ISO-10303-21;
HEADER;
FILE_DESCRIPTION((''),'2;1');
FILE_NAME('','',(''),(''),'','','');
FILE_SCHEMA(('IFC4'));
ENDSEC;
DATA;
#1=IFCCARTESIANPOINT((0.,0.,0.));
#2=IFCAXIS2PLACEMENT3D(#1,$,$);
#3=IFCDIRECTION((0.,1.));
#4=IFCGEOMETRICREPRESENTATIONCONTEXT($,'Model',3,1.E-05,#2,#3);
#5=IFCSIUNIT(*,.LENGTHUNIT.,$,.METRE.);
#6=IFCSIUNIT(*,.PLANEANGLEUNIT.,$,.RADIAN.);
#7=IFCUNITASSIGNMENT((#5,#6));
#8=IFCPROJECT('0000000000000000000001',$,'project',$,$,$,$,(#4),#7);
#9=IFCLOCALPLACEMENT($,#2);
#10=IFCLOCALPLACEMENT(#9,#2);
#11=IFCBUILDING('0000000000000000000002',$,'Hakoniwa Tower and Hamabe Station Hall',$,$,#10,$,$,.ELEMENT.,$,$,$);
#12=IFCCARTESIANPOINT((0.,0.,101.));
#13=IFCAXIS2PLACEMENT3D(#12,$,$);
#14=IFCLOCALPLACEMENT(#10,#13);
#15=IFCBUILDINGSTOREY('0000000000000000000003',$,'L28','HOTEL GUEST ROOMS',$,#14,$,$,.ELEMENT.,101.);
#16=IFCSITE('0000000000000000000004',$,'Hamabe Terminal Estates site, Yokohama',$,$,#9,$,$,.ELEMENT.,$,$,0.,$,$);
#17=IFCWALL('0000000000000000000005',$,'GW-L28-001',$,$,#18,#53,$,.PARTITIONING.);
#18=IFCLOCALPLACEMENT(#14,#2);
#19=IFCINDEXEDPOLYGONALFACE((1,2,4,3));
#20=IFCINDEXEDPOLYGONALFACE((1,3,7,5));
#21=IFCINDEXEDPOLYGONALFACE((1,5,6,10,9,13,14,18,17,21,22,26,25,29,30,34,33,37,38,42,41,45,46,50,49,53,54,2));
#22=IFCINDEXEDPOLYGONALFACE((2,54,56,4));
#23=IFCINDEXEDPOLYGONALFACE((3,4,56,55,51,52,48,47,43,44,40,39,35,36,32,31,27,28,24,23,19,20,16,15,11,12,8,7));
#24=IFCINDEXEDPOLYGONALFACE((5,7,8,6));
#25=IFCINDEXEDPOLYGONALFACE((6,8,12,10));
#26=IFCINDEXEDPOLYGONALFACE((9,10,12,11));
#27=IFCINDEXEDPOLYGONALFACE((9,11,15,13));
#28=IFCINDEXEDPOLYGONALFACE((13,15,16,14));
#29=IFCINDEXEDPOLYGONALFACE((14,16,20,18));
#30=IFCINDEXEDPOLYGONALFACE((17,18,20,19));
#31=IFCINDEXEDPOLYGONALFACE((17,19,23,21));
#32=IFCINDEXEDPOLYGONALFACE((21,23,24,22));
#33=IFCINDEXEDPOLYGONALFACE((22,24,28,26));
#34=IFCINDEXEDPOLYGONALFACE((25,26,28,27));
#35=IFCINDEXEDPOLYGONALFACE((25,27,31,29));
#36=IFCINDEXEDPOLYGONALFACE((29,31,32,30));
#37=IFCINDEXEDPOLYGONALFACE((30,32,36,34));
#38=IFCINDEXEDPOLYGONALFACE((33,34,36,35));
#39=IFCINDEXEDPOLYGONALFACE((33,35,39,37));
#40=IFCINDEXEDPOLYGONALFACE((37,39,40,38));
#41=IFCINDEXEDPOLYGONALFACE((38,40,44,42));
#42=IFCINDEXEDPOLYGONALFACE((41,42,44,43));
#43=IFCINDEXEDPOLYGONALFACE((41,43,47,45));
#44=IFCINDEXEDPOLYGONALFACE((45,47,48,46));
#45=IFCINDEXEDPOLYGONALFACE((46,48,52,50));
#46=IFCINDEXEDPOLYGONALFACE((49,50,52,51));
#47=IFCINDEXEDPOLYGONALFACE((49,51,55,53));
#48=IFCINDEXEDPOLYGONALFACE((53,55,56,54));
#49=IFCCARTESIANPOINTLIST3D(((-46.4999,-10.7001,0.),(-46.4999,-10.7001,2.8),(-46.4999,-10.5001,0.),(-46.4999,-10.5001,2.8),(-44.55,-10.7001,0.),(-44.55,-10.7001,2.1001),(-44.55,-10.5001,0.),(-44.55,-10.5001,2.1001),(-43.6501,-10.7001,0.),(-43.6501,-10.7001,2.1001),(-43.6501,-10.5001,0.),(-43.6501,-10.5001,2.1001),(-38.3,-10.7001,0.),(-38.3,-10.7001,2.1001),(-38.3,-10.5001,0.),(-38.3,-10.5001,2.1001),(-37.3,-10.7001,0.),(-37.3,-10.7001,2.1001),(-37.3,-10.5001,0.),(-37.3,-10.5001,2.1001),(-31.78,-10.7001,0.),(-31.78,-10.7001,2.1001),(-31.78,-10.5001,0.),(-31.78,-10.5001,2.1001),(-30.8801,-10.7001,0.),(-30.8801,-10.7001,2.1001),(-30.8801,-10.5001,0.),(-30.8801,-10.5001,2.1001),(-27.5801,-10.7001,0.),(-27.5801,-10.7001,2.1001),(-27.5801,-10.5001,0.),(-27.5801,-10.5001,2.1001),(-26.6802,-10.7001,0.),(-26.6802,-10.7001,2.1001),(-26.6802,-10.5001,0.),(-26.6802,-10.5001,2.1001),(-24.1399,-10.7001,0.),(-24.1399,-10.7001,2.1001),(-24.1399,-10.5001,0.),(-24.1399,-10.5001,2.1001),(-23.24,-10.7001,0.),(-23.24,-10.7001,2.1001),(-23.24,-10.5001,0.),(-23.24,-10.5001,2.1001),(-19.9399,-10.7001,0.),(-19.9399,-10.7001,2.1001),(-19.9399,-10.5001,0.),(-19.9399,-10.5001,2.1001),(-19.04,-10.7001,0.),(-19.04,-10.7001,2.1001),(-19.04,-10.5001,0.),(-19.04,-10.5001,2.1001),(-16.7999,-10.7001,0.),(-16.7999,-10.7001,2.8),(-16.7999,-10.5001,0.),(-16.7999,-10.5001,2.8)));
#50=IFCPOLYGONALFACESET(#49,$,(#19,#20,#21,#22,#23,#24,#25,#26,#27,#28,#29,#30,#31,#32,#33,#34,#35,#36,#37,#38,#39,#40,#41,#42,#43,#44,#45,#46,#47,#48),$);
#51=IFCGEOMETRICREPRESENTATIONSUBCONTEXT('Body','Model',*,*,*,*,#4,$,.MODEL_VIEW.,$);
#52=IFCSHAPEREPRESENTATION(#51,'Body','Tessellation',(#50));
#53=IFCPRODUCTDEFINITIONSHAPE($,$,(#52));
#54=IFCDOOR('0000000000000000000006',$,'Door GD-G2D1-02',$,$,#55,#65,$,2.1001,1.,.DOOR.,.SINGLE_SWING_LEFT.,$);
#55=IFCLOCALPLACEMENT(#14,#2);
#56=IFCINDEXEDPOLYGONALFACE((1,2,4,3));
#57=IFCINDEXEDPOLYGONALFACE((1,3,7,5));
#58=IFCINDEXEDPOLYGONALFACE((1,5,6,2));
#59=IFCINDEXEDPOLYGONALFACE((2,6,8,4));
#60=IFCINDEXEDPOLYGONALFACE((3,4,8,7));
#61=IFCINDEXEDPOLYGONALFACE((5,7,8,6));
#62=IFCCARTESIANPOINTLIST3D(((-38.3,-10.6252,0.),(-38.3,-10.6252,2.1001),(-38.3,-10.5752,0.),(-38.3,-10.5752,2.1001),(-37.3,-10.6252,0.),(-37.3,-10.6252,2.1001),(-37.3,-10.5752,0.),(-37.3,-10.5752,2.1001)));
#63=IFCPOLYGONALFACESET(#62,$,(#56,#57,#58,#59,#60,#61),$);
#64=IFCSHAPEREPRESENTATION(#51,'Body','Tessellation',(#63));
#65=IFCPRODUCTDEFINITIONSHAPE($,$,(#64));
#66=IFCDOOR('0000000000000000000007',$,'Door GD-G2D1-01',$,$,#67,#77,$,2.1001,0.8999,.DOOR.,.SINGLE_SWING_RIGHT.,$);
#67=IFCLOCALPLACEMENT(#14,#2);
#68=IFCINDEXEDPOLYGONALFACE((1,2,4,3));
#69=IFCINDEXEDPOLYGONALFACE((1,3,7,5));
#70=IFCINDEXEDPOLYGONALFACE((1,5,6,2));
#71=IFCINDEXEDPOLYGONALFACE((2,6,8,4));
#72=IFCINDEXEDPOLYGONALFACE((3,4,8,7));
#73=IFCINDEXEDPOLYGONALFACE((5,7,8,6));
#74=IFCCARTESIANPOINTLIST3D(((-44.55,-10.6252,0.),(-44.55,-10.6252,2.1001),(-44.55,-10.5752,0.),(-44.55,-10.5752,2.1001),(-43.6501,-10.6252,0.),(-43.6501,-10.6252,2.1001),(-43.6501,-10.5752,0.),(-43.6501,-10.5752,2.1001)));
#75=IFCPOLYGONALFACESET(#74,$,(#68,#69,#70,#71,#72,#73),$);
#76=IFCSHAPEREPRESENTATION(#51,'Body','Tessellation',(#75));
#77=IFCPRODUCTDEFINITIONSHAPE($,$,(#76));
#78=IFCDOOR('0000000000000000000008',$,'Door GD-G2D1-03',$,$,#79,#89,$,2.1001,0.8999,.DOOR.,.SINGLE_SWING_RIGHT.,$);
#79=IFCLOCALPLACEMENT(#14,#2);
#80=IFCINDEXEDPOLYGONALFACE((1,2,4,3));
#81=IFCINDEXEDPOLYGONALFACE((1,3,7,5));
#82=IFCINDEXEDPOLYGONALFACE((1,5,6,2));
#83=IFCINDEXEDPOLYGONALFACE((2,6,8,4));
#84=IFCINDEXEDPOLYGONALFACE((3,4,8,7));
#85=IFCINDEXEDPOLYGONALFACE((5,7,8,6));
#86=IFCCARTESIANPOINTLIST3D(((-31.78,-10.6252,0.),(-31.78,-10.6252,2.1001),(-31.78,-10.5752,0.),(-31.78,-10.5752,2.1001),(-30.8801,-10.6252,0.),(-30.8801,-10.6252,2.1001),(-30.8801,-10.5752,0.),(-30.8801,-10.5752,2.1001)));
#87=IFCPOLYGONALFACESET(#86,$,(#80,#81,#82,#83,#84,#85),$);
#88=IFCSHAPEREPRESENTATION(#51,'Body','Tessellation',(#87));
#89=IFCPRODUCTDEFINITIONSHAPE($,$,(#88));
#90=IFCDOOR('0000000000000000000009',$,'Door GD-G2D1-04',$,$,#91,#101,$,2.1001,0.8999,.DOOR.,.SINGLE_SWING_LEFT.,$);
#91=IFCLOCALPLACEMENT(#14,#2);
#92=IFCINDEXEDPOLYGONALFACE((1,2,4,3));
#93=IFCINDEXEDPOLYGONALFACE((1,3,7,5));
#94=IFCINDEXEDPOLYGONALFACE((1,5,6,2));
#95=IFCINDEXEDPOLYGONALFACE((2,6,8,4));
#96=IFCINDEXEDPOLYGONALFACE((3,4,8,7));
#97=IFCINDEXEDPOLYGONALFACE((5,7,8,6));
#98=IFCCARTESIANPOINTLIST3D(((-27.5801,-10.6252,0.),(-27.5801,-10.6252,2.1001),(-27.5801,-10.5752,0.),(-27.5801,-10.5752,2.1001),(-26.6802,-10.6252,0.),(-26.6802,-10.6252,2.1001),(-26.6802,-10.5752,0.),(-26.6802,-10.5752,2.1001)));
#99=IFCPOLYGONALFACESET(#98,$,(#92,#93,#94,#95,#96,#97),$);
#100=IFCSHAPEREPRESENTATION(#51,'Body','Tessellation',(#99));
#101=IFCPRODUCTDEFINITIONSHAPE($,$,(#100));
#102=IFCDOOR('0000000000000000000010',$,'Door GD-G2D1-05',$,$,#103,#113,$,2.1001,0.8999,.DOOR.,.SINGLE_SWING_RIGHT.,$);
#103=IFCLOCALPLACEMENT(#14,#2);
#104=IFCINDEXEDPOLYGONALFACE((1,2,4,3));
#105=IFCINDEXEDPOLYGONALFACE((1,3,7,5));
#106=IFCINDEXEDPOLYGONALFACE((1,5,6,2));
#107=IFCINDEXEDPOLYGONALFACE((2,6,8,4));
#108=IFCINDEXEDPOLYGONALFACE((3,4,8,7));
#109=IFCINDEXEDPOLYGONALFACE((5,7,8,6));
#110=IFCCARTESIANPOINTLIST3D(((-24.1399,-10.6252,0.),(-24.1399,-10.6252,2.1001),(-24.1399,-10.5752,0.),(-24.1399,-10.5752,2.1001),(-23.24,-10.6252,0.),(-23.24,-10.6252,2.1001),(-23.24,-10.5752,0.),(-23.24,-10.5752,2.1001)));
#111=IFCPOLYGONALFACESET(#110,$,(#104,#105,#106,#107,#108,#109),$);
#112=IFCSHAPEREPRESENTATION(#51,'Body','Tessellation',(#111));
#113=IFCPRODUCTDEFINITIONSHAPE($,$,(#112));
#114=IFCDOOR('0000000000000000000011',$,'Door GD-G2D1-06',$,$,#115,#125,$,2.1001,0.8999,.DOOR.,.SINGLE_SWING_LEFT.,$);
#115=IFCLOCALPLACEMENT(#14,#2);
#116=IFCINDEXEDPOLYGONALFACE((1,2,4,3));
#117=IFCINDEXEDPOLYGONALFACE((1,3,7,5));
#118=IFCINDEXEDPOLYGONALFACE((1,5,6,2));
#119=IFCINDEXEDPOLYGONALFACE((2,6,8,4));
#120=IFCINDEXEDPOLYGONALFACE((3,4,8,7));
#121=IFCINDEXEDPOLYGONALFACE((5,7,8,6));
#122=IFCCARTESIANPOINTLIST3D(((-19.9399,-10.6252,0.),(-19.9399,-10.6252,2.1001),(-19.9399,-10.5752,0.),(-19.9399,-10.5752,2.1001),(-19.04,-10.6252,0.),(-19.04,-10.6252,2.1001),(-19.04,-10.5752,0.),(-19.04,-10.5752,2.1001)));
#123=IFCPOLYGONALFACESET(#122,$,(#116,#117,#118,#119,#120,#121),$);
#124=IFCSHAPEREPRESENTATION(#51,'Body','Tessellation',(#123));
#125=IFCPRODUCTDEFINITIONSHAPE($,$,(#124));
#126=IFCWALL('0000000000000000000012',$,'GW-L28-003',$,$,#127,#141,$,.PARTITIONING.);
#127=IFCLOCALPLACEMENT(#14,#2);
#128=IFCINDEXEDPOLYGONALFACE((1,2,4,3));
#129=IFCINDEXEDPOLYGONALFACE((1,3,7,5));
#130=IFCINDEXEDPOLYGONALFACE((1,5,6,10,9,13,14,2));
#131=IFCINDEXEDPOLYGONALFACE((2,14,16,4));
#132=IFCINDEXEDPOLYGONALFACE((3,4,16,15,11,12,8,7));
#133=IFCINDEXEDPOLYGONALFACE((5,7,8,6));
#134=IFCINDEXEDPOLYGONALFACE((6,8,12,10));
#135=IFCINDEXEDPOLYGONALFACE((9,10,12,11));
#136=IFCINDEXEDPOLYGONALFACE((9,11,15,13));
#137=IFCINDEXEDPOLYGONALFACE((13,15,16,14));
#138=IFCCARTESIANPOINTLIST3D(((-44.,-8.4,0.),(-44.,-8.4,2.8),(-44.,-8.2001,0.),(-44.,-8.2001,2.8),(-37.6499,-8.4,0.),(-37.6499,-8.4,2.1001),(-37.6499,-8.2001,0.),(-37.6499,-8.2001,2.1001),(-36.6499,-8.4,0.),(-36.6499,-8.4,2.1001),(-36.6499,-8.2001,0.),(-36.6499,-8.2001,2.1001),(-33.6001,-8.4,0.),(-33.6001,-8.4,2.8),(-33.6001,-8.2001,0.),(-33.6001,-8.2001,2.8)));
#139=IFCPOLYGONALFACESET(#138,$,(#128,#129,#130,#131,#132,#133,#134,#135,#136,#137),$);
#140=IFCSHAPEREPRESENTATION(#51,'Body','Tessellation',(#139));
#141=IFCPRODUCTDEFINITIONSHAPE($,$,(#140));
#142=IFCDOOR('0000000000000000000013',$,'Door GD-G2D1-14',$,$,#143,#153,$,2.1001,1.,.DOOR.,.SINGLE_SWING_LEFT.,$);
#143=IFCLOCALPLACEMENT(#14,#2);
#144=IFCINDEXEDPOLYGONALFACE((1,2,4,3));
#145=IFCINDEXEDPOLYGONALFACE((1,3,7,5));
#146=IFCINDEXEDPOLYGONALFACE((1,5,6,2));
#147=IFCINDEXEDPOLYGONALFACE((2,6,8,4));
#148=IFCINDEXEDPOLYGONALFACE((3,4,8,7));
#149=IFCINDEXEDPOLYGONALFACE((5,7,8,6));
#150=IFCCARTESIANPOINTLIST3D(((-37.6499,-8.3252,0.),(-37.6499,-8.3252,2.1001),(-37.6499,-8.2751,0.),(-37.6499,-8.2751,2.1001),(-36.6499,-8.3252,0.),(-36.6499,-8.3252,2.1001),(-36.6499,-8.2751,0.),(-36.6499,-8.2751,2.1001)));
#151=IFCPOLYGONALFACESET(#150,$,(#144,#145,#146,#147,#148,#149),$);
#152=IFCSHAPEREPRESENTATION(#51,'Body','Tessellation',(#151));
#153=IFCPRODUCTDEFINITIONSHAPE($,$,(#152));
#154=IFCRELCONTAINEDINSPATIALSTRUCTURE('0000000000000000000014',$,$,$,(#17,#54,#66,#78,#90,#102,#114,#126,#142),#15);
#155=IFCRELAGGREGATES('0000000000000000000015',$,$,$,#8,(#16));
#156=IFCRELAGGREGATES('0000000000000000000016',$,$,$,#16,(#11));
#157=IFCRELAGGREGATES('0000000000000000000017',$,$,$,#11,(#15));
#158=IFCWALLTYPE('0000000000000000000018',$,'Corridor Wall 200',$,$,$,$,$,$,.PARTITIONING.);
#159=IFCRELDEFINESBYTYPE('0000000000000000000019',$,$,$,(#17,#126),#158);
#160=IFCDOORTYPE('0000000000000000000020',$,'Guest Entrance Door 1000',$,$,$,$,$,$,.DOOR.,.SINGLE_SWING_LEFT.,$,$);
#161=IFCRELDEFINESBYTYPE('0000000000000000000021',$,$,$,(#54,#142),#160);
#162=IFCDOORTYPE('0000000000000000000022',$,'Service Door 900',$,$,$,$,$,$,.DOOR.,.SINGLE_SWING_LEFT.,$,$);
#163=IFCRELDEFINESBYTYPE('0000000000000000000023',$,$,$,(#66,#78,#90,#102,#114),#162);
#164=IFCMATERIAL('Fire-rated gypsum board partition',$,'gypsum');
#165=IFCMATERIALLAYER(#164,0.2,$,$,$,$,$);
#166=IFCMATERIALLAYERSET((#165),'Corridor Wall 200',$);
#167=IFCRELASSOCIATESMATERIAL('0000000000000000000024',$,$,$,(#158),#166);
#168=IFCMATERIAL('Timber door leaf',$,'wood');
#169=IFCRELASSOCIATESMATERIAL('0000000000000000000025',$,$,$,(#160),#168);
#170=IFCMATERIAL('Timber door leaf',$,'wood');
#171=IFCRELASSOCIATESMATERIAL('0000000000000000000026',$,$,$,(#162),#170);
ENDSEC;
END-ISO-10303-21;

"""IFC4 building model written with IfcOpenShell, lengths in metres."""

from ifc_helpers import new_model, si_unit, direction, frame, frame_2d, origin, place, context, subcontext, project, spatial, rectangle, extrude, material, layer, layer_set, type_object, element, fill, save


model = new_model("IFC4")

# Units and contexts
model_context = context("Model", 3, precision=1e-05, world=origin(), true_north=direction((0.0, 1.0)))
body_context = subcontext(model_context, "Body", "Model", "MODEL_VIEW")
ifc_project = project(units=[si_unit("LENGTHUNIT", "METRE"), si_unit("PLANEANGLEUNIT", "RADIAN")], contexts=[model_context])

# Site, building, storey
site_placement = place(None, origin())
site = spatial("IfcSite", under=ifc_project, at=site_placement, Name="Hamabe Terminal Estates site, Yokohama", CompositionType="ELEMENT", RefElevation=0.0)
building_placement = place(site_placement, origin())
building = spatial("IfcBuilding", under=site, at=building_placement, Name="Hakoniwa Tower and Hamabe Station Hall", CompositionType="ELEMENT")
storey_placement = place(building_placement, frame((0.0, 0.0, 101.0)))
storey = spatial("IfcBuildingStorey", under=building, at=storey_placement, Name="L28", Description="HOTEL GUEST ROOMS", CompositionType="ELEMENT", Elevation=101.0)

# Wall, openings, doors
ifc_material_1 = material(Name="Fire-rated gypsum board partition", Category="gypsum")
ifc_layer_1 = layer(ifc_material_1, 0.2)
ifc_layer_set_1 = layer_set([ifc_layer_1], Name="Corridor Wall 200")
wall_type_1 = type_object("IfcWallType", Name="Corridor Wall 200", PredefinedType="PARTITIONING", material=ifc_layer_set_1)
wall_1_placement = place(storey_placement, frame((-46.5, -10.6001, 0.0), z_axis=(0.0, 0.0, 1.0), x_axis=(1.0, 0.0, 0.0)))
wall_1 = element("IfcWall", 1, at=wall_1_placement, inside=storey, type_object=wall_type_1, Name="GW-L28-001", PredefinedType="PARTITIONING", context=body_context, shape_type="SweptSolid", body=[
    extrude(rectangle(XDim=29.7, YDim=0.2, at=frame_2d((14.8501, 0.0))), origin(), (0.0, 0.0, 1.0), 2.8),
])
opening_1_placement = place(wall_1_placement, frame((1.95, 0.0, 0.0)))
opening_1 = element("IfcOpeningElement", 2, at=opening_1_placement, cuts=wall_1, PredefinedType="OPENING", context=body_context, shape_type="SweptSolid", body=[
    extrude(rectangle(XDim=0.8999, YDim=2.1001, at=frame_2d((0.45, 1.05))), frame((0.0, 0.1099, 0.0), z_axis=(0.0, -1.0, 0.0), x_axis=(1.0, 0.0, 0.0)), (0.0, 0.0, 1.0), 0.22),
])
opening_2_placement = place(wall_1_placement, frame((8.2, 0.0, 0.0)))
opening_2 = element("IfcOpeningElement", 3, at=opening_2_placement, cuts=wall_1, PredefinedType="OPENING", context=body_context, shape_type="SweptSolid", body=[
    extrude(rectangle(XDim=1.0, YDim=2.1001, at=frame_2d((0.5, 1.05))), frame((0.0, 0.1099, 0.0), z_axis=(0.0, -1.0, 0.0), x_axis=(1.0, 0.0, 0.0)), (0.0, 0.0, 1.0), 0.22),
])
opening_3_placement = place(wall_1_placement, frame((14.72, 0.0, 0.0)))
opening_3 = element("IfcOpeningElement", 4, at=opening_3_placement, cuts=wall_1, PredefinedType="OPENING", context=body_context, shape_type="SweptSolid", body=[
    extrude(rectangle(XDim=0.8999, YDim=2.1001, at=frame_2d((0.45, 1.05))), frame((0.0, 0.1099, 0.0), z_axis=(0.0, -1.0, 0.0), x_axis=(1.0, 0.0, 0.0)), (0.0, 0.0, 1.0), 0.22),
])
opening_4_placement = place(wall_1_placement, frame((18.9199, 0.0, 0.0)))
opening_4 = element("IfcOpeningElement", 5, at=opening_4_placement, cuts=wall_1, PredefinedType="OPENING", context=body_context, shape_type="SweptSolid", body=[
    extrude(rectangle(XDim=0.8999, YDim=2.1001, at=frame_2d((0.45, 1.05))), frame((0.0, 0.1099, 0.0), z_axis=(0.0, -1.0, 0.0), x_axis=(1.0, 0.0, 0.0)), (0.0, 0.0, 1.0), 0.22),
])
opening_5_placement = place(wall_1_placement, frame((22.3601, 0.0, 0.0)))
opening_5 = element("IfcOpeningElement", 6, at=opening_5_placement, cuts=wall_1, PredefinedType="OPENING", context=body_context, shape_type="SweptSolid", body=[
    extrude(rectangle(XDim=0.8999, YDim=2.1001, at=frame_2d((0.45, 1.05))), frame((0.0, 0.1099, 0.0), z_axis=(0.0, -1.0, 0.0), x_axis=(1.0, 0.0, 0.0)), (0.0, 0.0, 1.0), 0.22),
])
opening_6_placement = place(wall_1_placement, frame((26.5601, 0.0, 0.0)))
opening_6 = element("IfcOpeningElement", 7, at=opening_6_placement, cuts=wall_1, PredefinedType="OPENING", context=body_context, shape_type="SweptSolid", body=[
    extrude(rectangle(XDim=0.8999, YDim=2.1001, at=frame_2d((0.45, 1.05))), frame((0.0, 0.1099, 0.0), z_axis=(0.0, -1.0, 0.0), x_axis=(1.0, 0.0, 0.0)), (0.0, 0.0, 1.0), 0.22),
])
ifc_material_2 = material(Name="Timber door leaf", Category="wood")
door_type_1 = type_object("IfcDoorType", Name="Guest Entrance Door 1000", OperationType="SINGLE_SWING_LEFT", PredefinedType="DOOR", material=ifc_material_2)
door_1_placement = place(opening_2_placement, origin())
door_1 = element("IfcDoor", 8, at=door_1_placement, inside=storey, type_object=door_type_1, Name="Door GD-G2D1-02", OperationType="SINGLE_SWING_LEFT", OverallHeight=2.1001, OverallWidth=1.0, PredefinedType="DOOR", context=body_context, shape_type="SweptSolid", body=[
    extrude(rectangle(XDim=1.0, YDim=2.1001, at=frame_2d((0.5, 1.05))), frame((0.0, 0.0249, 0.0), z_axis=(0.0, -1.0, 0.0), x_axis=(1.0, 0.0, 0.0)), (0.0, 0.0, 1.0), 0.05),
])
fill(opening_2, door_1)
ifc_material_3 = material(Name="Timber door leaf", Category="wood")
door_type_2 = type_object("IfcDoorType", Name="Service Door 900", OperationType="SINGLE_SWING_LEFT", PredefinedType="DOOR", material=ifc_material_3)
door_2_placement = place(opening_1_placement, origin())
door_2 = element("IfcDoor", 9, at=door_2_placement, inside=storey, type_object=door_type_2, Name="Door GD-G2D1-01", OperationType="SINGLE_SWING_RIGHT", OverallHeight=2.1001, OverallWidth=0.8999, PredefinedType="DOOR", context=body_context, shape_type="SweptSolid", body=[
    extrude(rectangle(XDim=0.8999, YDim=2.1001, at=frame_2d((0.45, 1.05))), frame((0.0, 0.0249, 0.0), z_axis=(0.0, -1.0, 0.0), x_axis=(1.0, 0.0, 0.0)), (0.0, 0.0, 1.0), 0.05),
])
fill(opening_1, door_2)
door_3_placement = place(opening_3_placement, origin())
door_3 = element("IfcDoor", 10, at=door_3_placement, inside=storey, type_object=door_type_2, Name="Door GD-G2D1-03", OperationType="SINGLE_SWING_RIGHT", OverallHeight=2.1001, OverallWidth=0.8999, PredefinedType="DOOR", context=body_context, shape_type="SweptSolid", body=[
    extrude(rectangle(XDim=0.8999, YDim=2.1001, at=frame_2d((0.45, 1.05))), frame((0.0, 0.0249, 0.0), z_axis=(0.0, -1.0, 0.0), x_axis=(1.0, 0.0, 0.0)), (0.0, 0.0, 1.0), 0.05),
])
fill(opening_3, door_3)
door_4_placement = place(opening_4_placement, origin())
door_4 = element("IfcDoor", 11, at=door_4_placement, inside=storey, type_object=door_type_2, Name="Door GD-G2D1-04", OperationType="SINGLE_SWING_LEFT", OverallHeight=2.1001, OverallWidth=0.8999, PredefinedType="DOOR", context=body_context, shape_type="SweptSolid", body=[
    extrude(rectangle(XDim=0.8999, YDim=2.1001, at=frame_2d((0.45, 1.05))), frame((0.0, 0.0249, 0.0), z_axis=(0.0, -1.0, 0.0), x_axis=(1.0, 0.0, 0.0)), (0.0, 0.0, 1.0), 0.05),
])
fill(opening_4, door_4)
door_5_placement = place(opening_5_placement, origin())
door_5 = element("IfcDoor", 12, at=door_5_placement, inside=storey, type_object=door_type_2, Name="Door GD-G2D1-05", OperationType="SINGLE_SWING_RIGHT", OverallHeight=2.1001, OverallWidth=0.8999, PredefinedType="DOOR", context=body_context, shape_type="SweptSolid", body=[
    extrude(rectangle(XDim=0.8999, YDim=2.1001, at=frame_2d((0.45, 1.05))), frame((0.0, 0.0249, 0.0), z_axis=(0.0, -1.0, 0.0), x_axis=(1.0, 0.0, 0.0)), (0.0, 0.0, 1.0), 0.05),
])
fill(opening_5, door_5)
door_6_placement = place(opening_6_placement, origin())
door_6 = element("IfcDoor", 13, at=door_6_placement, inside=storey, type_object=door_type_2, Name="Door GD-G2D1-06", OperationType="SINGLE_SWING_LEFT", OverallHeight=2.1001, OverallWidth=0.8999, PredefinedType="DOOR", context=body_context, shape_type="SweptSolid", body=[
    extrude(rectangle(XDim=0.8999, YDim=2.1001, at=frame_2d((0.45, 1.05))), frame((0.0, 0.0249, 0.0), z_axis=(0.0, -1.0, 0.0), x_axis=(1.0, 0.0, 0.0)), (0.0, 0.0, 1.0), 0.05),
])
fill(opening_6, door_6)

# Wall, opening, door
wall_2_placement = place(storey_placement, frame((-44.0, -8.3, 0.0), z_axis=(0.0, 0.0, 1.0), x_axis=(1.0, 0.0, 0.0)))
wall_2 = element("IfcWall", 14, at=wall_2_placement, inside=storey, type_object=wall_type_1, Name="GW-L28-003", PredefinedType="PARTITIONING", context=body_context, shape_type="SweptSolid", body=[
    extrude(rectangle(XDim=10.3999, YDim=0.2, at=frame_2d((5.2, 0.0))), origin(), (0.0, 0.0, 1.0), 2.8),
])
opening_7_placement = place(wall_2_placement, frame((6.3501, 0.0, 0.0)))
opening_7 = element("IfcOpeningElement", 15, at=opening_7_placement, cuts=wall_2, PredefinedType="OPENING", context=body_context, shape_type="SweptSolid", body=[
    extrude(rectangle(XDim=1.0, YDim=2.1001, at=frame_2d((0.5, 1.05))), frame((0.0, 0.1099, 0.0), z_axis=(0.0, -1.0, 0.0), x_axis=(1.0, 0.0, 0.0)), (0.0, 0.0, 1.0), 0.22),
])
door_7_placement = place(opening_7_placement, origin())
door_7 = element("IfcDoor", 16, at=door_7_placement, inside=storey, type_object=door_type_1, Name="Door GD-G2D1-14", OperationType="SINGLE_SWING_LEFT", OverallHeight=2.1001, OverallWidth=1.0, PredefinedType="DOOR", context=body_context, shape_type="SweptSolid", body=[
    extrude(rectangle(XDim=1.0, YDim=2.1001, at=frame_2d((0.5, 1.05))), frame((0.0, 0.0249, 0.0), z_axis=(0.0, -1.0, 0.0), x_axis=(1.0, 0.0, 0.0)), (0.0, 0.0, 1.0), 0.05),
])
fill(opening_7, door_7)

save(model, "model.ifc")
